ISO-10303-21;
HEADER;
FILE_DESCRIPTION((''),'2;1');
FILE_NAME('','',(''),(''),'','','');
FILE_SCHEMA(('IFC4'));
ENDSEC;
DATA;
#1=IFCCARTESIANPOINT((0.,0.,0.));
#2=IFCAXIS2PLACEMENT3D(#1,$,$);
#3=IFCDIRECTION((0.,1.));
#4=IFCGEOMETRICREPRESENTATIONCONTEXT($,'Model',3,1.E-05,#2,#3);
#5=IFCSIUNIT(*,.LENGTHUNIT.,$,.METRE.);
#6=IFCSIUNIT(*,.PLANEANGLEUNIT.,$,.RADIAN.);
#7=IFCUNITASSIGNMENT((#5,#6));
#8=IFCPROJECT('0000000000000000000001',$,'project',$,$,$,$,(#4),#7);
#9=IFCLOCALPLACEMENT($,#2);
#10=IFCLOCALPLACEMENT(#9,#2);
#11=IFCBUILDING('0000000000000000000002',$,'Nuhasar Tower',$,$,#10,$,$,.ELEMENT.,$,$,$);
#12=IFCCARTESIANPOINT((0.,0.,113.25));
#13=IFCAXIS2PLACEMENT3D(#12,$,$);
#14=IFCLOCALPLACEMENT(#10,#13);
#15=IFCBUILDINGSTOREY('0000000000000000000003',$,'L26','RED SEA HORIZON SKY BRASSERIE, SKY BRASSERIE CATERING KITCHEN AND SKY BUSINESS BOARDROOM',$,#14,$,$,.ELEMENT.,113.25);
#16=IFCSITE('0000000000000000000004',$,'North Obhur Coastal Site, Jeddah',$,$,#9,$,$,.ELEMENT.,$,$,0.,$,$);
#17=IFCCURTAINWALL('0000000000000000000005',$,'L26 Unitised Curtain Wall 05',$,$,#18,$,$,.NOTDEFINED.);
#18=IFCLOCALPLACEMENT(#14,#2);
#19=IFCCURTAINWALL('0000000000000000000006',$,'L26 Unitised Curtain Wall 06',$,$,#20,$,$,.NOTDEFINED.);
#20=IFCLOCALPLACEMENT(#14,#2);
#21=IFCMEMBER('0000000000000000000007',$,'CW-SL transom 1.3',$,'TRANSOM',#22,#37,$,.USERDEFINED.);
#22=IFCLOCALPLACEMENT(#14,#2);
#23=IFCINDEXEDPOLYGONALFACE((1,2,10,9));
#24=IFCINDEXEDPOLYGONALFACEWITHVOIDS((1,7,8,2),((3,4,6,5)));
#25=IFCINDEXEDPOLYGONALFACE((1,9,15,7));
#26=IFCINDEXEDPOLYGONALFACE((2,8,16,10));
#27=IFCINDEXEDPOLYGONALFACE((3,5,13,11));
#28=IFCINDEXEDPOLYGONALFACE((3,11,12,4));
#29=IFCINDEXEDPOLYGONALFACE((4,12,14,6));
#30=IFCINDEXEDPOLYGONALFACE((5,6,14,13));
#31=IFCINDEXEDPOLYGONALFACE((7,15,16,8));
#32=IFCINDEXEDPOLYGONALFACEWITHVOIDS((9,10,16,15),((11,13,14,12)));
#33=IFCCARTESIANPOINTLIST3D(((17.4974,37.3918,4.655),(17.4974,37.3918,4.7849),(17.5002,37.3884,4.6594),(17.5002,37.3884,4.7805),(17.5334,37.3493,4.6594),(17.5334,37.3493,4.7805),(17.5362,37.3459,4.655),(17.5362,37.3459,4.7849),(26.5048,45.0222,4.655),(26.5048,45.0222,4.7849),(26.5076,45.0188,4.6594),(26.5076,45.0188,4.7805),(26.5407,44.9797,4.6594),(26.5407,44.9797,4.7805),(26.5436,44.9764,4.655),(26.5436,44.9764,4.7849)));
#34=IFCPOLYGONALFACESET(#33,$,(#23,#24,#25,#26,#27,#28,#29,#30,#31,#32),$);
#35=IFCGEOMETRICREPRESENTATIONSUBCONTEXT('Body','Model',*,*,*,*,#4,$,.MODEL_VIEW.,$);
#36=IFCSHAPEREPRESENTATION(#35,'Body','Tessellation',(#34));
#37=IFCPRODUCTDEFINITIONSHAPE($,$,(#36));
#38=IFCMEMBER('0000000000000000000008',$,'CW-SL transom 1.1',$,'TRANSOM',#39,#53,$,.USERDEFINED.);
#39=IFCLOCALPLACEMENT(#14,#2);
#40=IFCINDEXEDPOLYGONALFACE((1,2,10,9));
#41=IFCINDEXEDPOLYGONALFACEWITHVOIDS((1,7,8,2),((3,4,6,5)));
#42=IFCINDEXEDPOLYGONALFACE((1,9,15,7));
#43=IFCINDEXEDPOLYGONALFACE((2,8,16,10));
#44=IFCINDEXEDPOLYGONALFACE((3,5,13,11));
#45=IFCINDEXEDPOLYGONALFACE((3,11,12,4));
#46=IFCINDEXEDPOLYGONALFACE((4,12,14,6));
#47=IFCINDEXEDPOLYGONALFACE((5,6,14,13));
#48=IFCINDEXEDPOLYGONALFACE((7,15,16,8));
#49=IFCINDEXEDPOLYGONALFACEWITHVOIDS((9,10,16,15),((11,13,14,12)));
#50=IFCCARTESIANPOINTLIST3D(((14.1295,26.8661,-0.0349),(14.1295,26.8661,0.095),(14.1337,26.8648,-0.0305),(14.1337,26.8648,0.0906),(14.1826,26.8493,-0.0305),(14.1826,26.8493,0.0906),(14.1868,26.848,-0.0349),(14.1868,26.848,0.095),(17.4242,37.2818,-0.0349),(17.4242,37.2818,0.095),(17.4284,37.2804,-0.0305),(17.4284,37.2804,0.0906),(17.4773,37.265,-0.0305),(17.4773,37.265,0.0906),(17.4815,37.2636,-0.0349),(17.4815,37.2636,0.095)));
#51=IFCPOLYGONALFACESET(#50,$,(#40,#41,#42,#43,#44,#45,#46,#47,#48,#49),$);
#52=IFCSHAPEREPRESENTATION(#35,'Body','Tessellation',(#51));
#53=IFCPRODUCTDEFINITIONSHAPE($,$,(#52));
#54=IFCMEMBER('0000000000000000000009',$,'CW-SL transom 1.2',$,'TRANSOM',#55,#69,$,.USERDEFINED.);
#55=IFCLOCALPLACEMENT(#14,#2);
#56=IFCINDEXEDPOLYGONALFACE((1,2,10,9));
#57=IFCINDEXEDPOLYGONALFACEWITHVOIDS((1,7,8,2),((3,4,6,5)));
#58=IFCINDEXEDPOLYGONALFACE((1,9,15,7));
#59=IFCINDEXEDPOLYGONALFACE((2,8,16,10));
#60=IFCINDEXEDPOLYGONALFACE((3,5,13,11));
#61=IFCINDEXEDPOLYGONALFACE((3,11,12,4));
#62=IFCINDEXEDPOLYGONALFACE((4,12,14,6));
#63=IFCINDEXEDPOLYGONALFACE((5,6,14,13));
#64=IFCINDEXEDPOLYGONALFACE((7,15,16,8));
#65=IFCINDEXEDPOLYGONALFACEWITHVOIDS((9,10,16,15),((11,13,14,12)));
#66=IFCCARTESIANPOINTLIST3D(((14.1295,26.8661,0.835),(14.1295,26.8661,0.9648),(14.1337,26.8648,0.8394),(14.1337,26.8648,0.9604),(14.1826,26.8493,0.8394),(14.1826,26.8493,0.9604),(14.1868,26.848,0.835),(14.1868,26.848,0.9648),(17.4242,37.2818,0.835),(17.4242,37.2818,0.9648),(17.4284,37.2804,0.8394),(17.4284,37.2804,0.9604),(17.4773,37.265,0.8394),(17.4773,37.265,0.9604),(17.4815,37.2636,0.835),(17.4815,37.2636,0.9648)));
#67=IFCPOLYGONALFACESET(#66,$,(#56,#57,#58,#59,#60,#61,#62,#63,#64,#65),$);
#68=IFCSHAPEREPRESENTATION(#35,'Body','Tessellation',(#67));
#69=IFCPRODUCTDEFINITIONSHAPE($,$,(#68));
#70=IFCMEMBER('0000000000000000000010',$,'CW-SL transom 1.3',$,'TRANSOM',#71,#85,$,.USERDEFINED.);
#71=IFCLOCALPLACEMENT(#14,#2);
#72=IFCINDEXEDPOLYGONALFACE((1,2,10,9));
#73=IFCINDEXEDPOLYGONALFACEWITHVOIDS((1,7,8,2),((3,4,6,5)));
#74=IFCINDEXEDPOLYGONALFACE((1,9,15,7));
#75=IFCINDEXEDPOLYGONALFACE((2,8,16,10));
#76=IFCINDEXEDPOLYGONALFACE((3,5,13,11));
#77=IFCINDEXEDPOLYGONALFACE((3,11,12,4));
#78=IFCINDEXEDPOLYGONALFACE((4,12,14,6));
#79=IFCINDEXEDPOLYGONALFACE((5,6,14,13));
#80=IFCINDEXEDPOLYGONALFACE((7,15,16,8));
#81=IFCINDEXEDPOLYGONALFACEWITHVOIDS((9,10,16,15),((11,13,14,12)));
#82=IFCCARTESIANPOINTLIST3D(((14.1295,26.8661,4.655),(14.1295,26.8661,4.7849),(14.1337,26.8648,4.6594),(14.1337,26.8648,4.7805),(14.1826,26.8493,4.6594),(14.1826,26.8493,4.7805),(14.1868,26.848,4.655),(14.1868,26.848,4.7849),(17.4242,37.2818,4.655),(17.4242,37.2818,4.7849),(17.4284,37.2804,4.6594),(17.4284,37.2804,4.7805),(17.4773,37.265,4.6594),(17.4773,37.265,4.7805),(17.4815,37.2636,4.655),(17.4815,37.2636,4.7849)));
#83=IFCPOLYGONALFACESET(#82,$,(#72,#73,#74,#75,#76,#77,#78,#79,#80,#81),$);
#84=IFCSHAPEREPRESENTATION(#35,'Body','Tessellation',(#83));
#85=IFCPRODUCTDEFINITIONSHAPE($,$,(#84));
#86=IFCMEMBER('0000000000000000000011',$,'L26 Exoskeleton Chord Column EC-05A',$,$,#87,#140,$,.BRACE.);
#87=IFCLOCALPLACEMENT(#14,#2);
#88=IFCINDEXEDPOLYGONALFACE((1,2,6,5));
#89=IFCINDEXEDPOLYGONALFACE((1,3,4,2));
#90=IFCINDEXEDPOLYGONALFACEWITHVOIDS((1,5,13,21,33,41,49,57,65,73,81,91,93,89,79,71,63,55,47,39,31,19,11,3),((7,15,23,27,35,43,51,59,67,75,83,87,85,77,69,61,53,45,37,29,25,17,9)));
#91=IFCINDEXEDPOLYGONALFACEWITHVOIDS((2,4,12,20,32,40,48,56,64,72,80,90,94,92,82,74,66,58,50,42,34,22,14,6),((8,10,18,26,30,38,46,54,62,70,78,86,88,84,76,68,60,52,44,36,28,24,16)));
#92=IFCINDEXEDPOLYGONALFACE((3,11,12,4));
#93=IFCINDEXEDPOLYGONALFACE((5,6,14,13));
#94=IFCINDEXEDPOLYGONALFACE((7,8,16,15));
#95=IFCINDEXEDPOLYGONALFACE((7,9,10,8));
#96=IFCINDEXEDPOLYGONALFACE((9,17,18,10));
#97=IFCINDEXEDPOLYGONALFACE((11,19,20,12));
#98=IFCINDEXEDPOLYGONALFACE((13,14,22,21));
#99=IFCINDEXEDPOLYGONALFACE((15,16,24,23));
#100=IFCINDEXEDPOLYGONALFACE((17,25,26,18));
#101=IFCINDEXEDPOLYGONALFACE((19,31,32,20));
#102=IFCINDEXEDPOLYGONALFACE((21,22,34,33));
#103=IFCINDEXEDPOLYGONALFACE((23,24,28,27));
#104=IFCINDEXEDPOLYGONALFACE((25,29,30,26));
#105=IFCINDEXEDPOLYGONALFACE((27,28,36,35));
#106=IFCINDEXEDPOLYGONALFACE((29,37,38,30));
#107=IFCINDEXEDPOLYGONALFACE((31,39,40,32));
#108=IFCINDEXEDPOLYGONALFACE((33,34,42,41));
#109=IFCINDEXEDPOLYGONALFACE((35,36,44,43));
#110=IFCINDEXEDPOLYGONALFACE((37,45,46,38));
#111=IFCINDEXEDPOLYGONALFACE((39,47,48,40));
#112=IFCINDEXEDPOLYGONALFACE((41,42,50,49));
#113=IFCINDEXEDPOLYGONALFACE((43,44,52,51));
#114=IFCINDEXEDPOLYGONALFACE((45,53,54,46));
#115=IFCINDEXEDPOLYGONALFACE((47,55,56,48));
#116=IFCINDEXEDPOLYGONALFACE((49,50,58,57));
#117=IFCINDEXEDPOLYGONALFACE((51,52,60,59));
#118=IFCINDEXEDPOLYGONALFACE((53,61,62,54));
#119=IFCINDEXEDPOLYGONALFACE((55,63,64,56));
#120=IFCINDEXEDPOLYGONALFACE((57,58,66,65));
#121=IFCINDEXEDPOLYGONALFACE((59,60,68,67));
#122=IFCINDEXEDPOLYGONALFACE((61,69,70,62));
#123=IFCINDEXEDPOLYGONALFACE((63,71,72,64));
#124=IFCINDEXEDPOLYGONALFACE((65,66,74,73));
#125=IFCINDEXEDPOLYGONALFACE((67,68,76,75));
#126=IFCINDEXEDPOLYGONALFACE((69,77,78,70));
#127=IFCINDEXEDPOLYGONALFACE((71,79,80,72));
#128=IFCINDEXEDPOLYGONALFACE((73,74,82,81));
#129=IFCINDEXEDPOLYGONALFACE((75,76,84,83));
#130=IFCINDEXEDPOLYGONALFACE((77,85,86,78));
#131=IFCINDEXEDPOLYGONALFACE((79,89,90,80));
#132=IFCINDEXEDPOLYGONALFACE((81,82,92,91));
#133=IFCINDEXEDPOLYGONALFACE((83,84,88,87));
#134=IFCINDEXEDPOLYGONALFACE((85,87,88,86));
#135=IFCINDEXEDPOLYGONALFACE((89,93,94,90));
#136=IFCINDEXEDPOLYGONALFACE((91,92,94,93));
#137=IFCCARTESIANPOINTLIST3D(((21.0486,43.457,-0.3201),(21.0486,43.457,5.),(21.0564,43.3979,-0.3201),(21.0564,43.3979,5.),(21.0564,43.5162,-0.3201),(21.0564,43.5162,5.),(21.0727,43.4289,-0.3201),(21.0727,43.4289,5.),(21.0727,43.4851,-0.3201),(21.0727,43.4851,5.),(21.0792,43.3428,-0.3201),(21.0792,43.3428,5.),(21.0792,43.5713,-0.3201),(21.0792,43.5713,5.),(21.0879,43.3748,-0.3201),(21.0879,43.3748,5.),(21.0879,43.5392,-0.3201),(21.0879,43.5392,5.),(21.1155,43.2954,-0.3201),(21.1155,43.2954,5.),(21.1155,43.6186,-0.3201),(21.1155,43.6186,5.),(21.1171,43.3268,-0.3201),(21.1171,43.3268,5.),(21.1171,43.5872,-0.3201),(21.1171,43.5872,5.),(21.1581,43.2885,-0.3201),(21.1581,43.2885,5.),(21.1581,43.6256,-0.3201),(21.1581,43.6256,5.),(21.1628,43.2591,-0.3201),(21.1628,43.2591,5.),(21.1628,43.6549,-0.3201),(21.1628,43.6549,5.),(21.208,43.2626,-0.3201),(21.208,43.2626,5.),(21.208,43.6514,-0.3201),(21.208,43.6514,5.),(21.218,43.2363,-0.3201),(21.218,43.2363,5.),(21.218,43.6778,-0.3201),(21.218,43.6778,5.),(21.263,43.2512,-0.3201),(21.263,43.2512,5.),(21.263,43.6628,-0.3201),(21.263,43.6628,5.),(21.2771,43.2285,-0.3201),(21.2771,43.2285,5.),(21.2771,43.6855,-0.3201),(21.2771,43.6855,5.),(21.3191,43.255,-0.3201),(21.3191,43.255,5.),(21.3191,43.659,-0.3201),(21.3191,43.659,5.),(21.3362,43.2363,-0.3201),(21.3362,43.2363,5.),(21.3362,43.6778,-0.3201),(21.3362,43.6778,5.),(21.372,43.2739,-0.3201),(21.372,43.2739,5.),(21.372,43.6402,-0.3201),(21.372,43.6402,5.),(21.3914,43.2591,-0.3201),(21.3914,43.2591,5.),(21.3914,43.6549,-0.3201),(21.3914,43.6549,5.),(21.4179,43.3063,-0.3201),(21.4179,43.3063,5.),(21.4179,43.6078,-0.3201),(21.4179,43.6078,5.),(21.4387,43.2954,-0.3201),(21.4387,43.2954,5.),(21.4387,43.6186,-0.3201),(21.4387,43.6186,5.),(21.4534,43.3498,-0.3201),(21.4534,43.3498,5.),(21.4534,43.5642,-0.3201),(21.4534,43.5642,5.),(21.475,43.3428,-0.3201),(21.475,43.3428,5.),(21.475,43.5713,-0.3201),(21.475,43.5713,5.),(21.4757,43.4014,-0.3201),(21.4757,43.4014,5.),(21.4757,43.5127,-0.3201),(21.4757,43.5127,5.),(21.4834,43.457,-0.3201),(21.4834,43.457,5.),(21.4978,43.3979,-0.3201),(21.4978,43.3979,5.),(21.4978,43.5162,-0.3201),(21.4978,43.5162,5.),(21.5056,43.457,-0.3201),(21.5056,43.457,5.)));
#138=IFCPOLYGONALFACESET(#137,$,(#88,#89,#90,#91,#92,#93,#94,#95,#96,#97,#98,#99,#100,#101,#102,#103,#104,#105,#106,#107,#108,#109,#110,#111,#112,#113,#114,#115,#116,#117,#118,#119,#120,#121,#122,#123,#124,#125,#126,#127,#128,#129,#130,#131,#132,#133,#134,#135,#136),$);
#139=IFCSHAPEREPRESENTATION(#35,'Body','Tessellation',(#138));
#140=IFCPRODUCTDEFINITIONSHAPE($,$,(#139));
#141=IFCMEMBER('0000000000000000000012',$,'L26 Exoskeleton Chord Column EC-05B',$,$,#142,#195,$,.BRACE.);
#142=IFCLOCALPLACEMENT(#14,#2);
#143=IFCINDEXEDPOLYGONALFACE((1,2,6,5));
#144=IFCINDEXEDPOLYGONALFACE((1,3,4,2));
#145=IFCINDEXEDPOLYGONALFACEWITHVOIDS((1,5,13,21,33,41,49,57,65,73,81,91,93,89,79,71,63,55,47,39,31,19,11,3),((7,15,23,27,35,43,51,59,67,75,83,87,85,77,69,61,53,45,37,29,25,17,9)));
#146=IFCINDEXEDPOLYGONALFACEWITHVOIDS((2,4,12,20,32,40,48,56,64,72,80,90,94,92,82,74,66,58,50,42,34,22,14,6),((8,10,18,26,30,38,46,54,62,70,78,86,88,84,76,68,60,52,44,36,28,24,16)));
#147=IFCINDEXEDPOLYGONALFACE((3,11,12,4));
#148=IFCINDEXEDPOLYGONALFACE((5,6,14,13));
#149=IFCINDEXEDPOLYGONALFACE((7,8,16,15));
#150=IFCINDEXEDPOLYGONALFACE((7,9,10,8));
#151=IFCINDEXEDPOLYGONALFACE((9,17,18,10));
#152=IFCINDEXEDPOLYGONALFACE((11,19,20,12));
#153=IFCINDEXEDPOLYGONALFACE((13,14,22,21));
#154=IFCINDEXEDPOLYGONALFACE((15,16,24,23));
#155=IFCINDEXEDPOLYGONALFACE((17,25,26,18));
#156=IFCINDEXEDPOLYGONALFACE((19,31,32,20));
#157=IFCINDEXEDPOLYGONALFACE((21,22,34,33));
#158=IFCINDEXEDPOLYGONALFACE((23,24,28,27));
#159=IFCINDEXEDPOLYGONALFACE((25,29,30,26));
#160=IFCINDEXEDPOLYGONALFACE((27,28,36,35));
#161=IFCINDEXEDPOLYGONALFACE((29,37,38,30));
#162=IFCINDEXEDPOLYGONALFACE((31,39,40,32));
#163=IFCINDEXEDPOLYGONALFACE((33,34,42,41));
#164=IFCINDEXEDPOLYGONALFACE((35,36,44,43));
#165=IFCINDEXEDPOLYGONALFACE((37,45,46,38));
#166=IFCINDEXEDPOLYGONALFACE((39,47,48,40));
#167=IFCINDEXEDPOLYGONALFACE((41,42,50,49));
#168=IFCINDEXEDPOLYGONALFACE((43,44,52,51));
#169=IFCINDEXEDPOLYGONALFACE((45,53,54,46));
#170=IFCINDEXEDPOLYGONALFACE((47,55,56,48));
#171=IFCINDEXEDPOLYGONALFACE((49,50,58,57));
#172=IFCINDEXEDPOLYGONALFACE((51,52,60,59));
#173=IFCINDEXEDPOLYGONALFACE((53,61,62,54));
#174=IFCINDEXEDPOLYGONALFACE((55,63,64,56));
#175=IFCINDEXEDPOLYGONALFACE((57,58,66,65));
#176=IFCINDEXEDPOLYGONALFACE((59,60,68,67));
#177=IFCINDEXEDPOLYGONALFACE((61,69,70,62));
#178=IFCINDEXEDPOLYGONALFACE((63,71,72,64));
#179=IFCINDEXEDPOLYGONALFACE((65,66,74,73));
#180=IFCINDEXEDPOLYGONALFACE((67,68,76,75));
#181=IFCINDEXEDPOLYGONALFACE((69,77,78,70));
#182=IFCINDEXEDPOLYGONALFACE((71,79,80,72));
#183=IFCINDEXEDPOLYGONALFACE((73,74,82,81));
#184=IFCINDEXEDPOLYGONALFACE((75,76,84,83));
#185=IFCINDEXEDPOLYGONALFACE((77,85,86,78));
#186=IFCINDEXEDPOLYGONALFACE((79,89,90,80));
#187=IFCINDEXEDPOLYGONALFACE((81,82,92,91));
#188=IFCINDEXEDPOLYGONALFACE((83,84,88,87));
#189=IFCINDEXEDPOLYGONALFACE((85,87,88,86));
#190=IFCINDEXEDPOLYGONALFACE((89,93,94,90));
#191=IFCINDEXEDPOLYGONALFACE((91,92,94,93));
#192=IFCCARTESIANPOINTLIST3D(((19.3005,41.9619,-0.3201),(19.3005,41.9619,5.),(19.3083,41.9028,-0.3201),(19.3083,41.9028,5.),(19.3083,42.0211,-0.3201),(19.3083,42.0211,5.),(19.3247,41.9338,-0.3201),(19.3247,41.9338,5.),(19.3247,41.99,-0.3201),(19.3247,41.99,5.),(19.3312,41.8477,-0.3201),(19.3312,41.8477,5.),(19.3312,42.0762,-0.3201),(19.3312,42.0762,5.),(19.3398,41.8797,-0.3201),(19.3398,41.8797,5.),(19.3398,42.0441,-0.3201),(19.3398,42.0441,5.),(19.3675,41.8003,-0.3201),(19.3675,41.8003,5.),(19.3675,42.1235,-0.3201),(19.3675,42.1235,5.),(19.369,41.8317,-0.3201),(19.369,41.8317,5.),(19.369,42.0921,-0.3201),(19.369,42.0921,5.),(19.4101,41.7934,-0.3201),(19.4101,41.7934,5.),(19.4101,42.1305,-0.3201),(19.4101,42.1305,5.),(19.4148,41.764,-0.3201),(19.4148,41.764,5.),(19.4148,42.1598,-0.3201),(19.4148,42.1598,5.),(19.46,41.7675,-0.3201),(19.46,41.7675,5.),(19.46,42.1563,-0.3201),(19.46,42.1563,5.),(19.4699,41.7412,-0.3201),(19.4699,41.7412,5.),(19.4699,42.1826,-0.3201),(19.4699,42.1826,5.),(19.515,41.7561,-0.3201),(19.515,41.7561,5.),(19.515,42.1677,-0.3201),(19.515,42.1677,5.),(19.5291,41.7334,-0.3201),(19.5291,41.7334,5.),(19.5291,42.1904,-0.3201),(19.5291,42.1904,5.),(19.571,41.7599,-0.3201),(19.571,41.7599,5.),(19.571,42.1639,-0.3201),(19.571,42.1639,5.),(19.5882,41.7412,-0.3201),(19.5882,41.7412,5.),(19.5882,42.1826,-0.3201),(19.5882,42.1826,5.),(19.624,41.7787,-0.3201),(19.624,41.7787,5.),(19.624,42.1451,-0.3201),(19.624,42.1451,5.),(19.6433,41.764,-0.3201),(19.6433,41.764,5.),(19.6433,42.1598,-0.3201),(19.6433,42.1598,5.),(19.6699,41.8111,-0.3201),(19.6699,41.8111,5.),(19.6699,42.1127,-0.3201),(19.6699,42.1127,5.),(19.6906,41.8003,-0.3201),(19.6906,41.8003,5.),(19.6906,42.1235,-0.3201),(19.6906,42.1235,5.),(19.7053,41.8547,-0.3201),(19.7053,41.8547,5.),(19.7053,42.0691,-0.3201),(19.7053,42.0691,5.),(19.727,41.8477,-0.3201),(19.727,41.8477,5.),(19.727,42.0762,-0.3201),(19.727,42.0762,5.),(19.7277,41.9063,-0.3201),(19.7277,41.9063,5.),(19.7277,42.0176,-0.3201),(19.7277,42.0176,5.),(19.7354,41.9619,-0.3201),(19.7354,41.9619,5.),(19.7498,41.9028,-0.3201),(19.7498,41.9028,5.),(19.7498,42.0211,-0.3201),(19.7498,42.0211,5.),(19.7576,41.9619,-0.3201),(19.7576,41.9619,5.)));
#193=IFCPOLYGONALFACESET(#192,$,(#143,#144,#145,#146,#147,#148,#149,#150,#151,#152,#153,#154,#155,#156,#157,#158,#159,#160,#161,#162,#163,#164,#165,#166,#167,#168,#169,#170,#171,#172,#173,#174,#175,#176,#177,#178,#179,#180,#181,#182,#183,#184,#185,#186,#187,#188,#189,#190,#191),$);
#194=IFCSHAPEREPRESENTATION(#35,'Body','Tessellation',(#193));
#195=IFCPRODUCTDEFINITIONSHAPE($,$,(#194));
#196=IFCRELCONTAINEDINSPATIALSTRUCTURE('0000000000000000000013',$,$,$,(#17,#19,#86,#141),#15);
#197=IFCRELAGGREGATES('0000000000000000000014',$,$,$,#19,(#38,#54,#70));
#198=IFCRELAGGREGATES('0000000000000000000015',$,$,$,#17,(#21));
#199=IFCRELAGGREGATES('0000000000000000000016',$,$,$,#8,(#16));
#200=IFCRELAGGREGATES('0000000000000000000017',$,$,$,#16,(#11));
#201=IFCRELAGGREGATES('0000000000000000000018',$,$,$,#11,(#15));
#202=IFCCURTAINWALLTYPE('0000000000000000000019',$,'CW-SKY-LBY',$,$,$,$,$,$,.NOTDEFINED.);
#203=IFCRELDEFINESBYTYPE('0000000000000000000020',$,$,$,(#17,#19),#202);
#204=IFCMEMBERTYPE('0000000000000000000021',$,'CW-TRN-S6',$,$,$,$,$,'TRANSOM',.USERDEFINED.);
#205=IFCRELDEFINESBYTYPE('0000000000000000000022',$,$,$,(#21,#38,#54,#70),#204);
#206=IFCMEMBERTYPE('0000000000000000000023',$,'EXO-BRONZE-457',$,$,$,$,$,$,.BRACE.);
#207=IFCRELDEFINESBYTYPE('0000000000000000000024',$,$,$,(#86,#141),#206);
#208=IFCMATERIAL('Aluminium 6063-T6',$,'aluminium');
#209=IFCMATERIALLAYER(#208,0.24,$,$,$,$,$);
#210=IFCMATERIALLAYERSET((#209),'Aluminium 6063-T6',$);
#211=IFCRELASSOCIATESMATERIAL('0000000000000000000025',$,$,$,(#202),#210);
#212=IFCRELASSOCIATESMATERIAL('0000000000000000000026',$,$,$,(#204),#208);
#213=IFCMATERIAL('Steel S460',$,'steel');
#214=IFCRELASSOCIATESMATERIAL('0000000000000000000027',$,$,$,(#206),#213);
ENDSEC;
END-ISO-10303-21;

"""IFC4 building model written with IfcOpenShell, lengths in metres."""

from ifc_helpers import new_model, si_unit, direction, frame, origin, origin_2d, place, context, subcontext, project, spatial, hollow_rectangle, hollow_circle, extrude, material, layer, layer_set, material_profile, profile_set, type_object, element, aggregate, save


model = new_model("IFC4")

# Units and contexts
model_context = context("Model", 3, precision=1e-05, world=origin(), true_north=direction((0.0, 1.0)))
body_context = subcontext(model_context, "Body", "Model", "MODEL_VIEW")
ifc_project = project(units=[si_unit("LENGTHUNIT", "METRE"), si_unit("PLANEANGLEUNIT", "RADIAN")], contexts=[model_context])

# Site, building, storey
site_placement = place(None, origin())
site = spatial("IfcSite", under=ifc_project, at=site_placement, Name="North Obhur Coastal Site, Jeddah", CompositionType="ELEMENT", RefElevation=0.0)
building_placement = place(site_placement, origin())
building = spatial("IfcBuilding", under=site, at=building_placement, Name="Nuhasar Tower", CompositionType="ELEMENT")
storey_placement = place(building_placement, frame((0.0, 0.0, 113.25)))
storey = spatial("IfcBuildingStorey", under=building, at=storey_placement, Name="L26", Description="RED SEA HORIZON SKY BRASSERIE, SKY BRASSERIE CATERING KITCHEN AND SKY BUSINESS BOARDROOM", CompositionType="ELEMENT", Elevation=113.25)

# Shared definitions
ifc_material_1 = material(Name="Steel S460", Category="steel")

# Shared definitions
ifc_material_2 = material(Name="Aluminium 6063-T6", Category="aluminium")
ifc_layer_1 = layer(ifc_material_2, 0.24)
ifc_layer_set_1 = layer_set([ifc_layer_1], Name="Aluminium 6063-T6")
curtain_wall_type = type_object("IfcCurtainWallType", Name="CW-SKY-LBY", PredefinedType="NOTDEFINED", material=ifc_layer_set_1)

# Curtain wall
curtain_wall_1_placement = place(storey_placement, origin())
curtain_wall_1 = element("IfcCurtainWall", 1, at=curtain_wall_1_placement, inside=storey, type_object=curtain_wall_type, Name="L26 Unitised Curtain Wall 05", PredefinedType="NOTDEFINED")

# Curtain wall
curtain_wall_2_placement = place(storey_placement, origin())
curtain_wall_2 = element("IfcCurtainWall", 2, at=curtain_wall_2_placement, inside=storey, type_object=curtain_wall_type, Name="L26 Unitised Curtain Wall 06", PredefinedType="NOTDEFINED")

# Members
ifc_material_profile_1 = material_profile(ifc_material_2, hollow_rectangle(XDim=0.0601, YDim=0.1299, WallThickness=0.0044, at=origin_2d()), Name="CWT-6")
ifc_profile_set_1 = profile_set([ifc_material_profile_1], Name="Aluminium 6063-T6")
member_type_1 = type_object("IfcMemberType", Name="CW-TRN-S6", ElementType="TRANSOM", PredefinedType="USERDEFINED", material=ifc_profile_set_1)
member_1_placement = place(storey_placement, frame((26.5242, 44.9993, 4.72), z_axis=(-0.763019, -0.646376, 0.0), x_axis=(0.646376, -0.763019, 0.0)))
member_1 = element("IfcMember", 3, at=member_1_placement, type_object=member_type_1, Name="CW-SL transom 1.3", ObjectType="TRANSOM", PredefinedType="USERDEFINED", context=body_context, shape_type="SweptSolid", body=[
    extrude(hollow_rectangle(XDim=0.0601, YDim=0.1299, WallThickness=0.0044, at=origin_2d()), origin(), (0.0, 0.0, 1.0), 11.8049),
])
member_2_placement = place(storey_placement, frame((17.4529, 37.2727, 0.03), z_axis=(-0.301594, -0.953436, 0.0), x_axis=(0.953436, -0.301594, 0.0)))
member_2 = element("IfcMember", 4, at=member_2_placement, type_object=member_type_1, Name="CW-SL transom 1.1", ObjectType="TRANSOM", PredefinedType="USERDEFINED", context=body_context, shape_type="SweptSolid", body=[
    extrude(hollow_rectangle(XDim=0.0601, YDim=0.1299, WallThickness=0.0044, at=origin_2d()), origin(), (0.0, 0.0, 1.0), 10.9243),
])
member_3_placement = place(storey_placement, frame((17.4529, 37.2727, 0.8999), z_axis=(-0.301594, -0.953436, 0.0), x_axis=(0.953436, -0.301594, 0.0)))
member_3 = element("IfcMember", 5, at=member_3_placement, type_object=member_type_1, Name="CW-SL transom 1.2", ObjectType="TRANSOM", PredefinedType="USERDEFINED", context=body_context, shape_type="SweptSolid", body=[
    extrude(hollow_rectangle(XDim=0.0601, YDim=0.1299, WallThickness=0.0044, at=origin_2d()), origin(), (0.0, 0.0, 1.0), 10.9243),
])
member_4_placement = place(storey_placement, frame((17.4529, 37.2727, 4.72), z_axis=(-0.301594, -0.953436, 0.0), x_axis=(0.953436, -0.301594, 0.0)))
member_4 = element("IfcMember", 6, at=member_4_placement, type_object=member_type_1, Name="CW-SL transom 1.3", ObjectType="TRANSOM", PredefinedType="USERDEFINED", context=body_context, shape_type="SweptSolid", body=[
    extrude(hollow_rectangle(XDim=0.0601, YDim=0.1299, WallThickness=0.0044, at=origin_2d()), origin(), (0.0, 0.0, 1.0), 10.9243),
])
aggregate(curtain_wall_2, [member_2, member_3, member_4])

# Members
ifc_material_profile_2 = material_profile(ifc_material_1, hollow_circle(Radius=0.2285, WallThickness=0.0222, at=origin_2d()), Name="HSS457X22.2")
ifc_profile_set_2 = profile_set([ifc_material_profile_2], Name="Steel S460")
member_type_2 = type_object("IfcMemberType", Name="EXO-BRONZE-457", PredefinedType="BRACE", material=ifc_profile_set_2)
for number, where, z_axis, x_axis, name in (
    (7, (21.2771, 43.457, -0.3201), (0.0, 0.0, 1.0), (1.0, 0.0, 0.0), "L26 Exoskeleton Chord Column EC-05A"),
    (8, (19.5291, 41.9619, -0.3201), (0.0, 0.0, 1.0), (1.0, 0.0, 0.0), "L26 Exoskeleton Chord Column EC-05B"),
):
    element("IfcMember", number, at=place(storey_placement, frame(where, z_axis=z_axis, x_axis=x_axis)), inside=storey, type_object=member_type_2, Name=name, PredefinedType="BRACE", context=body_context, shape_type="SweptSolid", body=[
        extrude(hollow_circle(Radius=0.2285, WallThickness=0.0222, at=origin_2d()), origin(), (0.0, 0.0, 1.0), 5.3201),
    ])

aggregate(curtain_wall_1, [member_1])

save(model, "model.ifc")
